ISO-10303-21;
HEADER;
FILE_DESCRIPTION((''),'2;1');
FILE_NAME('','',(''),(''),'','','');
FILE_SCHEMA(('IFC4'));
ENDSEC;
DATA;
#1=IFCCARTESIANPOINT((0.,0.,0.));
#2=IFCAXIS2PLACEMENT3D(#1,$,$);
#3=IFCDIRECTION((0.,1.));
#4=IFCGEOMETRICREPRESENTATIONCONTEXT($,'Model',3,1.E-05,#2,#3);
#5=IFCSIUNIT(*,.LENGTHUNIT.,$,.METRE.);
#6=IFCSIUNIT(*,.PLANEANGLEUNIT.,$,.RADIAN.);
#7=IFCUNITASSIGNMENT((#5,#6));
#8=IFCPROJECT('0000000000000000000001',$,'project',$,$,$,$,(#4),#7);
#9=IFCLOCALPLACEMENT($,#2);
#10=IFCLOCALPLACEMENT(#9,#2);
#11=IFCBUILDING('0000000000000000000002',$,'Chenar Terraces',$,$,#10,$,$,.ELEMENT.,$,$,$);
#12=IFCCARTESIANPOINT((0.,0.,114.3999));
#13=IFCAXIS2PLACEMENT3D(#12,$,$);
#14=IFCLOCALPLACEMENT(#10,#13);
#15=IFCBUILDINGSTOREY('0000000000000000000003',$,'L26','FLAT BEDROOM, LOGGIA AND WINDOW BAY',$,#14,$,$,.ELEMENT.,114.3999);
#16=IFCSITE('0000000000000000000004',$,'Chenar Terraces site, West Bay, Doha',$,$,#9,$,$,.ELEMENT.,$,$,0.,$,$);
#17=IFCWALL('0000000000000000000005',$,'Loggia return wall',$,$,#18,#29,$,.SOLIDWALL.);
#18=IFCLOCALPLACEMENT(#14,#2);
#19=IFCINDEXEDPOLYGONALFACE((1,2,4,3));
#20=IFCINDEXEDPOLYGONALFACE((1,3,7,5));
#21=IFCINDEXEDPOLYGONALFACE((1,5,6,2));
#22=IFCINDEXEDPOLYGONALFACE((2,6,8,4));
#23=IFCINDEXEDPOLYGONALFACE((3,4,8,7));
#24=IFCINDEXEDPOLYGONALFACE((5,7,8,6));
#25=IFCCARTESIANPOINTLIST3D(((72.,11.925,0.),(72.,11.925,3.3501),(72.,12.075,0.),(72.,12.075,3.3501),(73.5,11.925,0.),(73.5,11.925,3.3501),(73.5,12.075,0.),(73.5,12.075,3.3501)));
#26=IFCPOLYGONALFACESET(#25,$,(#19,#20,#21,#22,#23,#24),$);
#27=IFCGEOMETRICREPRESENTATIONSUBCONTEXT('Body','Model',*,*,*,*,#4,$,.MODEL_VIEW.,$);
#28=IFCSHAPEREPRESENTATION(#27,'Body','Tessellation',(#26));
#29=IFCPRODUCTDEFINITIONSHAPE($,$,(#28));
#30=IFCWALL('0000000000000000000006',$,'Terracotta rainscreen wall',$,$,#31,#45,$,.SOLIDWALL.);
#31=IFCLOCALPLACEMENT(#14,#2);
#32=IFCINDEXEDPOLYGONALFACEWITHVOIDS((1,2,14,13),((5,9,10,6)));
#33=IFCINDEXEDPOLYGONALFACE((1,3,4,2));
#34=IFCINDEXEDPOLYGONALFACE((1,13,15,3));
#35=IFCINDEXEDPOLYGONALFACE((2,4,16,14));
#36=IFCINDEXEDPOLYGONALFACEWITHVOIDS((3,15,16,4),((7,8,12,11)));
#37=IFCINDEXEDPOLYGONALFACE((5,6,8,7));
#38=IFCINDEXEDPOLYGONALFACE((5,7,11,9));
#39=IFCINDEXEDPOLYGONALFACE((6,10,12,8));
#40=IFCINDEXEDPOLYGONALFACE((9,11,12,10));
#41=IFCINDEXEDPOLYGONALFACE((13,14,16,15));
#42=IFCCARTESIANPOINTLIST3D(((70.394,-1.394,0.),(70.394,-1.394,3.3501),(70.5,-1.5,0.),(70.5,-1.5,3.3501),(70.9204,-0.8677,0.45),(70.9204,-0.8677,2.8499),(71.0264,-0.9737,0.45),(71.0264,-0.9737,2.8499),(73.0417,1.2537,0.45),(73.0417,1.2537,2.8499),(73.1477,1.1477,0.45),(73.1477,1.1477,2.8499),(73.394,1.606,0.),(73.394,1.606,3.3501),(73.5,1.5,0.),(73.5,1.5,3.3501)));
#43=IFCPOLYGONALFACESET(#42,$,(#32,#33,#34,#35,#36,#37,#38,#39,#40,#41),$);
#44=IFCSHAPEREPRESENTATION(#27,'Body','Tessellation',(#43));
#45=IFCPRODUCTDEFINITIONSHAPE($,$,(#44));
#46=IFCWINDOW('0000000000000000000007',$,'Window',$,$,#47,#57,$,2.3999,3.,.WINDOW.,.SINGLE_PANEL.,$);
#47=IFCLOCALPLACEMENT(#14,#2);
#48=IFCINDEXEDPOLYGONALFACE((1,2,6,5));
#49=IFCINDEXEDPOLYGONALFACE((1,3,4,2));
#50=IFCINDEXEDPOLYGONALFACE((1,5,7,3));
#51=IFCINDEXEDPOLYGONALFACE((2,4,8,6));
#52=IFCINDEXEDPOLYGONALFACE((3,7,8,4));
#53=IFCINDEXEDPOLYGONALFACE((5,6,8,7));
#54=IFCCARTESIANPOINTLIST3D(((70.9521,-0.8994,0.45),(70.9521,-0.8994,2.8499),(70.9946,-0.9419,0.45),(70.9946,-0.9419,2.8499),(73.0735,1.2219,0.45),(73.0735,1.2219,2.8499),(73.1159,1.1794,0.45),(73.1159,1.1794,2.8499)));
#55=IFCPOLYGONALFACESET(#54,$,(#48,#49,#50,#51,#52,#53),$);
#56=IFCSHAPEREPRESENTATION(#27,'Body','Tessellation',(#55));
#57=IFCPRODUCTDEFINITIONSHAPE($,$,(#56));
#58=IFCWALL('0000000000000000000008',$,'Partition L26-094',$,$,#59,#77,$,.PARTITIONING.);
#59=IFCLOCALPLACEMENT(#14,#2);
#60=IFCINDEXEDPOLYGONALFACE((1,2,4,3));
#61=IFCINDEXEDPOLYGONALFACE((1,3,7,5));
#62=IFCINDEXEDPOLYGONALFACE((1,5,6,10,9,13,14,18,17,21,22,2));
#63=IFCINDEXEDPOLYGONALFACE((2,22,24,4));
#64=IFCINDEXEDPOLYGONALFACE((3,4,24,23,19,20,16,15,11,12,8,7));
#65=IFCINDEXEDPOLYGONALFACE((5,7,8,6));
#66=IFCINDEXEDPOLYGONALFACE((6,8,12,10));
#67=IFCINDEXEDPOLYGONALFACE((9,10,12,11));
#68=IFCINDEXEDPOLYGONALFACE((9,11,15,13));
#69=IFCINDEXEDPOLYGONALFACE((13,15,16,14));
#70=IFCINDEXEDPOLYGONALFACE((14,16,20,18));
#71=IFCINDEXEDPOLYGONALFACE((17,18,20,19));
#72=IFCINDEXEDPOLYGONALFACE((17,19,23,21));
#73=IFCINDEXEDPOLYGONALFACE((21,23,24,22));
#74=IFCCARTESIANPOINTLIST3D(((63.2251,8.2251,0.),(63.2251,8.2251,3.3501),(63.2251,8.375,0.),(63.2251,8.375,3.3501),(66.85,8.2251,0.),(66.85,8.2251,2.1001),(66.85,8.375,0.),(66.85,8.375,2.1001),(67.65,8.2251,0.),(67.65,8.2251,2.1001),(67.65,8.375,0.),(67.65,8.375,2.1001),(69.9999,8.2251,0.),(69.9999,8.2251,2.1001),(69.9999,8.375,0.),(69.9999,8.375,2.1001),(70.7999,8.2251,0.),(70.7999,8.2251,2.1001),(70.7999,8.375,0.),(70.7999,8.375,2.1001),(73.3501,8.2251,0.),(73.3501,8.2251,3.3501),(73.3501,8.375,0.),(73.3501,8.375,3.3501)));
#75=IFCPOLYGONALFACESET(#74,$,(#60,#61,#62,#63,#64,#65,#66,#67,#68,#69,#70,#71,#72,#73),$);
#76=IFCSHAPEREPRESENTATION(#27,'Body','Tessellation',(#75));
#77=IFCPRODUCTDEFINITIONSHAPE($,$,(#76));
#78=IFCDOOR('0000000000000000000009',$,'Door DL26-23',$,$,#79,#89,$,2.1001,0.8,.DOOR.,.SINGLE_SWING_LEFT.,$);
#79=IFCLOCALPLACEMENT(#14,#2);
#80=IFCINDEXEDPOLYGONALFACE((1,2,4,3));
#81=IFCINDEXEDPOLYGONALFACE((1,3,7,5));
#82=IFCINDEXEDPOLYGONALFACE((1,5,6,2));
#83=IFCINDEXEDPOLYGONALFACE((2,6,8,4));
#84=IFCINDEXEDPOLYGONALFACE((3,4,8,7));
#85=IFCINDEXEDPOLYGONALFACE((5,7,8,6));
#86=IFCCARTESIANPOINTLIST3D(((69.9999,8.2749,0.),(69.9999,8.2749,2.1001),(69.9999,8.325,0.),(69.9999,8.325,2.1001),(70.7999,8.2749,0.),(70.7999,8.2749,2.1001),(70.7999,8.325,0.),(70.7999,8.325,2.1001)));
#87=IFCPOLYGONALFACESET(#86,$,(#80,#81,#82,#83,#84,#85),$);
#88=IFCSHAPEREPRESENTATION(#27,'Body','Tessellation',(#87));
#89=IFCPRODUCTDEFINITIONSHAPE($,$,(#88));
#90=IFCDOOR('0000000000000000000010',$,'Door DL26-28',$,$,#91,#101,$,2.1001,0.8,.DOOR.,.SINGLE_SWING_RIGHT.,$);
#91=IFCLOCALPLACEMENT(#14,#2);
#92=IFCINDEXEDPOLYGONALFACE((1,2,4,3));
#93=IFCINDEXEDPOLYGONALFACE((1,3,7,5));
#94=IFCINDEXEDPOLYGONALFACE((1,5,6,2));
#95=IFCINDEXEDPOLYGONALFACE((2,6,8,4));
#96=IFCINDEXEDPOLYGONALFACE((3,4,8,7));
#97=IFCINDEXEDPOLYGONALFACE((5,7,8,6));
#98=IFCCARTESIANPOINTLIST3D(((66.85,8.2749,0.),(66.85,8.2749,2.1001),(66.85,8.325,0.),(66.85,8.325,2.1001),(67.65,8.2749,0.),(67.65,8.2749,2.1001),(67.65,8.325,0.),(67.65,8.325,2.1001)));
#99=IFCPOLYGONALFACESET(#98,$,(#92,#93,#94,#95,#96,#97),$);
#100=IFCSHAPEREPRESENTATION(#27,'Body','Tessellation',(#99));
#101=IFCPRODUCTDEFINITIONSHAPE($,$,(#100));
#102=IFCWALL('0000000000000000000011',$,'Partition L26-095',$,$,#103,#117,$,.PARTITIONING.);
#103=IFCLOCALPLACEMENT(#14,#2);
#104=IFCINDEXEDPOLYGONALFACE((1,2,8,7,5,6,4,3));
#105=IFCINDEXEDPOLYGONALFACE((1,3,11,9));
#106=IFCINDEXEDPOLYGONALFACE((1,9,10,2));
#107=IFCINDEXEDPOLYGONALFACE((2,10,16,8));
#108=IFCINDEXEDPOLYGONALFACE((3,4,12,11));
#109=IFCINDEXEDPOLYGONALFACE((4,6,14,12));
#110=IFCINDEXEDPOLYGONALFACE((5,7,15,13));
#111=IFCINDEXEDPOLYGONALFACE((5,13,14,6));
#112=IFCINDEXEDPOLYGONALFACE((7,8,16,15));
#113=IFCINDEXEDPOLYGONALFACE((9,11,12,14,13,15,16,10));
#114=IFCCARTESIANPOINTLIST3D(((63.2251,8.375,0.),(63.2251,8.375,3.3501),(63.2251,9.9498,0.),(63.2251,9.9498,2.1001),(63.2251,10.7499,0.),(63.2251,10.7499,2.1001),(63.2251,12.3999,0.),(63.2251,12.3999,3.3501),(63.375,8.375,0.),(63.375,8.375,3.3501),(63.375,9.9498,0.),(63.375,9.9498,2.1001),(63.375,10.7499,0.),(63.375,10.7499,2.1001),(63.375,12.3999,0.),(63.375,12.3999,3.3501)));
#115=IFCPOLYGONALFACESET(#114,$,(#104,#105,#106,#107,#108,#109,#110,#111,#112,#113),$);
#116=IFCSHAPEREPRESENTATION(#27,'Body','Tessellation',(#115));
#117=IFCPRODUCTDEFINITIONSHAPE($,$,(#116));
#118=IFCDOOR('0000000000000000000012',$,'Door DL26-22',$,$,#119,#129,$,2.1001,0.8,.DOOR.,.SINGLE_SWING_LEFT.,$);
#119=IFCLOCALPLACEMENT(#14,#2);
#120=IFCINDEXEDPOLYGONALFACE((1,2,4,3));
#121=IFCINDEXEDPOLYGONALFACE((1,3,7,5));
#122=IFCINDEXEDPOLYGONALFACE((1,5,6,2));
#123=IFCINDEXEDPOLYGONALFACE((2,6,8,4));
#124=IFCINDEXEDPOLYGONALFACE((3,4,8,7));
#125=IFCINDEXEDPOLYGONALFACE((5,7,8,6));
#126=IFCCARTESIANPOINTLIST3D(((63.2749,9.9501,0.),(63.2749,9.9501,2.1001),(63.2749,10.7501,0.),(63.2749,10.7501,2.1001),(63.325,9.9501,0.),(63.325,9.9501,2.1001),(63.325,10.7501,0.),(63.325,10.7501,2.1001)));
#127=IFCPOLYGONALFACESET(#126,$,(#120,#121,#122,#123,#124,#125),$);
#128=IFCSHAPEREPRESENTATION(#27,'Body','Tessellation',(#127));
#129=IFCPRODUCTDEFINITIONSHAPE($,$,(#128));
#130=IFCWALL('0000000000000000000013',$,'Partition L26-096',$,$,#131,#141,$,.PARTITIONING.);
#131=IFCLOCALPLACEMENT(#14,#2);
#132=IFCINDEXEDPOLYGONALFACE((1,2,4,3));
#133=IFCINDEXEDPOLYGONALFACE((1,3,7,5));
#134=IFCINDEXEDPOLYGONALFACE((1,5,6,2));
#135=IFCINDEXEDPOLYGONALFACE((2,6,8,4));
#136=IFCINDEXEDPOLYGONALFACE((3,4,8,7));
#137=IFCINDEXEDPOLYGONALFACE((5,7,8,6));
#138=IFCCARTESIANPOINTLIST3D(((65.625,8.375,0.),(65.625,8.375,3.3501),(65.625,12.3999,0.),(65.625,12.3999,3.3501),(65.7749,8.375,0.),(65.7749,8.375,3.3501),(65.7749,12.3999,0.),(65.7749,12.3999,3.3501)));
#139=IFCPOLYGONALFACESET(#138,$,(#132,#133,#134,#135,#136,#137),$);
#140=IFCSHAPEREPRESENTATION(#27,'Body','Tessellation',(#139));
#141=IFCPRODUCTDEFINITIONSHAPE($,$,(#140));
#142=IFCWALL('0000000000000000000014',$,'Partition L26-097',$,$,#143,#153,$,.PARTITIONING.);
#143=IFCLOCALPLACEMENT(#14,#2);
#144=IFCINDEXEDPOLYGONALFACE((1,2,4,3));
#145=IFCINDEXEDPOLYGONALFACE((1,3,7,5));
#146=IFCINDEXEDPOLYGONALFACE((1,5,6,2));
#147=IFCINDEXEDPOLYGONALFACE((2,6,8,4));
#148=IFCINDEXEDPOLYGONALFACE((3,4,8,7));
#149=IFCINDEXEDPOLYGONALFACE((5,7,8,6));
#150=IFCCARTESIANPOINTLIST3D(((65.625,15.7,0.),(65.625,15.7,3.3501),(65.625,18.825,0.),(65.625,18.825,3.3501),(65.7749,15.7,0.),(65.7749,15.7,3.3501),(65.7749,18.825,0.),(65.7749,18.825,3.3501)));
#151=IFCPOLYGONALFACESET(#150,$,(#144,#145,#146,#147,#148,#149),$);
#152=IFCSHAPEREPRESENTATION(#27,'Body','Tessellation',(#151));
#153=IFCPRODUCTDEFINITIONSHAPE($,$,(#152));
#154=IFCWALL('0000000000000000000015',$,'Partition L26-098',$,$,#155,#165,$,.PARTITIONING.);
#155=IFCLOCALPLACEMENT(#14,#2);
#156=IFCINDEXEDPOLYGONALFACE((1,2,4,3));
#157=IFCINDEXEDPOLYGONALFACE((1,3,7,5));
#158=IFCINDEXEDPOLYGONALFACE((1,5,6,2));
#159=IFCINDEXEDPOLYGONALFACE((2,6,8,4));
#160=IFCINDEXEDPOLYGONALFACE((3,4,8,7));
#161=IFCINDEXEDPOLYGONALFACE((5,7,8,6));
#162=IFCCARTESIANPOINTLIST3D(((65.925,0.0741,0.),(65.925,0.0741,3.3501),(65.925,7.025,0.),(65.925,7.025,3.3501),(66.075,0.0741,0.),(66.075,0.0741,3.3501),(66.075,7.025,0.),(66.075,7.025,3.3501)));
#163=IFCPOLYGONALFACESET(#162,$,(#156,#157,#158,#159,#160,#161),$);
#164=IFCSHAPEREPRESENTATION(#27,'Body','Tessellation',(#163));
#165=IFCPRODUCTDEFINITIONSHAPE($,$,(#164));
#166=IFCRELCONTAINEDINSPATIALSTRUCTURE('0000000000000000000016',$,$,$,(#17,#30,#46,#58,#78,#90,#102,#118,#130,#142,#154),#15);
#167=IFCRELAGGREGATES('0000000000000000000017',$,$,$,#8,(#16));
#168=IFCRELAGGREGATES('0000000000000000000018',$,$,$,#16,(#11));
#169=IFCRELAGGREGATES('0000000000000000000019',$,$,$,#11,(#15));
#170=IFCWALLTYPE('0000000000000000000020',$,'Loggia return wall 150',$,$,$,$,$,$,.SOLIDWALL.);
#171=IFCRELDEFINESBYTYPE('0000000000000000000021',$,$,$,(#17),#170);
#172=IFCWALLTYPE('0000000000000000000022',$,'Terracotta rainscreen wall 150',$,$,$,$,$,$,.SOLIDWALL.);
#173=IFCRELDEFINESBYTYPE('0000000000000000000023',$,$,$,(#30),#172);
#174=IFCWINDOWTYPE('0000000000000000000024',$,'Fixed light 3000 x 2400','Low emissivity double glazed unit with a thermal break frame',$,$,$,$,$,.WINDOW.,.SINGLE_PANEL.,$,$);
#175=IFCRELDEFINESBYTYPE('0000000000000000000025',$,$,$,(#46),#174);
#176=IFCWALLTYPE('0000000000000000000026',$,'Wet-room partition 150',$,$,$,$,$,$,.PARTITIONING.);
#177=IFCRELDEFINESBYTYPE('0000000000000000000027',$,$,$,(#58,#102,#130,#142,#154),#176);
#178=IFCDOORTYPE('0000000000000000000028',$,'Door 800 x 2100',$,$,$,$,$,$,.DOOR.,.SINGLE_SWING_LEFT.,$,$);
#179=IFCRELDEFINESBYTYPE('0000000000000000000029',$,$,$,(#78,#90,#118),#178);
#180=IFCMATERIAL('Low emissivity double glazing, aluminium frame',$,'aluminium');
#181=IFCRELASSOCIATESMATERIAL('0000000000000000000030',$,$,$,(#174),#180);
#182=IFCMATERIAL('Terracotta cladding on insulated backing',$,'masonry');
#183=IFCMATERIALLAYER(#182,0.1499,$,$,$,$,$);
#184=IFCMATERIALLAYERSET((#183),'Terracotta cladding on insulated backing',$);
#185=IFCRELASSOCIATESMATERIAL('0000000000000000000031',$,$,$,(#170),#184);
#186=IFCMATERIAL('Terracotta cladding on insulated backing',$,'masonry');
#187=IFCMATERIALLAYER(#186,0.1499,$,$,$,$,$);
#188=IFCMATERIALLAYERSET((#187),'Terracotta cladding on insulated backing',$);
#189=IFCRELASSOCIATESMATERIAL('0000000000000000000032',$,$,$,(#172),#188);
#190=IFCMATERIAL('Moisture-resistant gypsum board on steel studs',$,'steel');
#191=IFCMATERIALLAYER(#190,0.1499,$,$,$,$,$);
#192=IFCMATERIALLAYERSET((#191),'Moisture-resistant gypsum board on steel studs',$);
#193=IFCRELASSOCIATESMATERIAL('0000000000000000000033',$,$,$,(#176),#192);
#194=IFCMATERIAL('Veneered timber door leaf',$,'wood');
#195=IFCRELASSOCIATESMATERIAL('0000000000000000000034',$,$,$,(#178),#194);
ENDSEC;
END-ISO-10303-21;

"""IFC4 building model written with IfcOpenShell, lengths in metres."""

from ifc_helpers import new_model, si_unit, direction, frame, frame_2d, origin, place, context, subcontext, project, spatial, rectangle, extrude, material, layer, layer_set, type_object, element, fill, save


model = new_model("IFC4")

# Units and contexts
model_context = context("Model", 3, precision=1e-05, world=origin(), true_north=direction((0.0, 1.0)))
body_context = subcontext(model_context, "Body", "Model", "MODEL_VIEW")
ifc_project = project(units=[si_unit("LENGTHUNIT", "METRE"), si_unit("PLANEANGLEUNIT", "RADIAN")], contexts=[model_context])

# Site, building, storey
site_placement = place(None, origin())
site = spatial("IfcSite", under=ifc_project, at=site_placement, Name="Chenar Terraces site, West Bay, Doha", CompositionType="ELEMENT", RefElevation=0.0)
building_placement = place(site_placement, origin())
building = spatial("IfcBuilding", under=site, at=building_placement, Name="Chenar Terraces", CompositionType="ELEMENT")
storey_placement = place(building_placement, frame((0.0, 0.0, 114.3999)))
storey = spatial("IfcBuildingStorey", under=building, at=storey_placement, Name="L26", Description="FLAT BEDROOM, LOGGIA AND WINDOW BAY", CompositionType="ELEMENT", Elevation=114.3999)

# Shared definitions
ifc_material_1 = material(Name="Low emissivity double glazing, aluminium frame", Category="aluminium")
window_type_1 = type_object("IfcWindowType", Name="Fixed light 3000 x 2400", Description="Low emissivity double glazed unit with a thermal break frame", PartitioningType="SINGLE_PANEL", PredefinedType="WINDOW", material=ifc_material_1)

# Wall
ifc_material_2 = material(Name="Terracotta cladding on insulated backing", Category="masonry")
ifc_layer_1 = layer(ifc_material_2, 0.1499)
ifc_layer_set_1 = layer_set([ifc_layer_1], Name="Terracotta cladding on insulated backing")
wall_type_1 = type_object("IfcWallType", Name="Loggia return wall 150", PredefinedType="SOLIDWALL", material=ifc_layer_set_1)
for number, where, z_axis, x_axis, name in (
    (1, (73.5, 12.0, 0.0), (0.0, 0.0, 1.0), (-1.0, 0.0, 0.0), "Loggia return wall"),
):
    element("IfcWall", number, at=place(storey_placement, frame(where, z_axis=z_axis, x_axis=x_axis)), inside=storey, type_object=wall_type_1, Name=name, PredefinedType="SOLIDWALL", context=body_context, shape_type="SweptSolid", body=[
        extrude(rectangle(XDim=1.5, YDim=0.1499, at=frame_2d((0.75, 0.0))), origin(), (0.0, 0.0, 1.0), 3.3501),
    ])

# Wall, opening, window
ifc_material_3 = material(Name="Terracotta cladding on insulated backing", Category="masonry")
ifc_layer_2 = layer(ifc_material_3, 0.1499)
ifc_layer_set_2 = layer_set([ifc_layer_2], Name="Terracotta cladding on insulated backing")
wall_type_2 = type_object("IfcWallType", Name="Terracotta rainscreen wall 150", PredefinedType="SOLIDWALL", material=ifc_layer_set_2)
wall_1_placement = place(storey_placement, frame((70.447, -1.447, 0.0), z_axis=(0.0, 0.0, 1.0), x_axis=(0.707107, 0.707107, 0.0)))
wall_1 = element("IfcWall", 2, at=wall_1_placement, inside=storey, type_object=wall_type_2, Name="Terracotta rainscreen wall", PredefinedType="SOLIDWALL", context=body_context, shape_type="SweptSolid", body=[
    extrude(rectangle(XDim=4.2427, YDim=0.1499, at=frame_2d((2.1213, 0.0))), origin(), (0.0, 0.0, 1.0), 3.3501),
])
opening_1_placement = place(wall_1_placement, frame((0.7444, 0.0, 0.45)))
opening_1 = element("IfcOpeningElement", 3, at=opening_1_placement, cuts=wall_1, PredefinedType="OPENING", context=body_context, shape_type="SweptSolid", body=[
    extrude(rectangle(XDim=3.0, YDim=2.3999, at=frame_2d((1.5, 1.2))), frame((0.0, 0.085, 0.0), z_axis=(0.0, -1.0, 0.0), x_axis=(1.0, 0.0, 0.0)), (0.0, 0.0, 1.0), 0.1699),
])
window_1_placement = place(opening_1_placement, origin())
window_1 = element("IfcWindow", 4, at=window_1_placement, inside=storey, type_object=window_type_1, Name="Window", OverallHeight=2.3999, OverallWidth=3.0, PartitioningType="SINGLE_PANEL", PredefinedType="WINDOW", context=body_context, shape_type="SweptSolid", body=[
    extrude(rectangle(XDim=3.0, YDim=2.3999, at=frame_2d((1.5, 1.2))), frame((0.0, 0.03, 0.0), z_axis=(0.0, -1.0, 0.0), x_axis=(1.0, 0.0, 0.0)), (0.0, 0.0, 1.0), 0.0601),
])
fill(opening_1, window_1)

# Wall, openings, doors
ifc_material_4 = material(Name="Moisture-resistant gypsum board on steel studs", Category="steel")
ifc_layer_3 = layer(ifc_material_4, 0.1499)
ifc_layer_set_3 = layer_set([ifc_layer_3], Name="Moisture-resistant gypsum board on steel studs")
wall_type_3 = type_object("IfcWallType", Name="Wet-room partition 150", PredefinedType="PARTITIONING", material=ifc_layer_set_3)
wall_2_placement = place(storey_placement, frame((63.2251, 8.3, 0.0), z_axis=(0.0, 0.0, 1.0), x_axis=(1.0, 0.0, 0.0)))
wall_2 = element("IfcWall", 5, at=wall_2_placement, inside=storey, type_object=wall_type_3, Name="Partition L26-094", PredefinedType="PARTITIONING", context=body_context, shape_type="SweptSolid", body=[
    extrude(rectangle(XDim=10.125, YDim=0.1499, at=frame_2d((5.0625, 0.0))), origin(), (0.0, 0.0, 1.0), 3.3501),
])
opening_2_placement = place(wall_2_placement, frame((6.7749, 0.0, 0.0)))
opening_2 = element("IfcOpeningElement", 6, at=opening_2_placement, cuts=wall_2, PredefinedType="OPENING", context=body_context, shape_type="SweptSolid", body=[
    extrude(rectangle(XDim=0.8, YDim=2.1001, at=frame_2d((0.3999, 1.05))), frame((0.0, 0.085, 0.0), z_axis=(0.0, -1.0, 0.0), x_axis=(1.0, 0.0, 0.0)), (0.0, 0.0, 1.0), 0.1699),
])
opening_3_placement = place(wall_2_placement, frame((3.625, 0.0, 0.0)))
opening_3 = element("IfcOpeningElement", 7, at=opening_3_placement, cuts=wall_2, PredefinedType="OPENING", context=body_context, shape_type="SweptSolid", body=[
    extrude(rectangle(XDim=0.8, YDim=2.1001, at=frame_2d((0.3999, 1.05))), frame((0.0, 0.085, 0.0), z_axis=(0.0, -1.0, 0.0), x_axis=(1.0, 0.0, 0.0)), (0.0, 0.0, 1.0), 0.1699),
])
ifc_material_5 = material(Name="Veneered timber door leaf", Category="wood")
door_type_1 = type_object("IfcDoorType", Name="Door 800 x 2100", OperationType="SINGLE_SWING_LEFT", PredefinedType="DOOR", material=ifc_material_5)
door_1_placement = place(opening_2_placement, origin())
door_1 = element("IfcDoor", 8, at=door_1_placement, inside=storey, type_object=door_type_1, Name="Door DL26-23", OperationType="SINGLE_SWING_LEFT", OverallHeight=2.1001, OverallWidth=0.8, PredefinedType="DOOR", context=body_context, shape_type="SweptSolid", body=[
    extrude(rectangle(XDim=0.8, YDim=2.1001, at=frame_2d((0.3999, 1.05))), frame((0.0, 0.0249, 0.0), z_axis=(0.0, -1.0, 0.0), x_axis=(1.0, 0.0, 0.0)), (0.0, 0.0, 1.0), 0.05),
])
fill(opening_2, door_1)
door_2_placement = place(opening_3_placement, origin())
door_2 = element("IfcDoor", 9, at=door_2_placement, inside=storey, type_object=door_type_1, Name="Door DL26-28", OperationType="SINGLE_SWING_RIGHT", OverallHeight=2.1001, OverallWidth=0.8, PredefinedType="DOOR", context=body_context, shape_type="SweptSolid", body=[
    extrude(rectangle(XDim=0.8, YDim=2.1001, at=frame_2d((0.3999, 1.05))), frame((0.0, 0.0249, 0.0), z_axis=(0.0, -1.0, 0.0), x_axis=(1.0, 0.0, 0.0)), (0.0, 0.0, 1.0), 0.05),
])
fill(opening_3, door_2)

# Wall, opening, door
wall_3_placement = place(storey_placement, frame((63.3, 8.375, 0.0), z_axis=(0.0, 0.0, 1.0), x_axis=(0.0, 1.0, 0.0)))
wall_3 = element("IfcWall", 10, at=wall_3_placement, inside=storey, type_object=wall_type_3, Name="Partition L26-095", PredefinedType="PARTITIONING", context=body_context, shape_type="SweptSolid", body=[
    extrude(rectangle(XDim=4.0249, YDim=0.1499, at=frame_2d((2.0125, 0.0))), origin(), (0.0, 0.0, 1.0), 3.3501),
])
opening_4_placement = place(wall_3_placement, frame((1.575, 0.0, 0.0)))
opening_4 = element("IfcOpeningElement", 11, at=opening_4_placement, cuts=wall_3, PredefinedType="OPENING", context=body_context, shape_type="SweptSolid", body=[
    extrude(rectangle(XDim=0.8, YDim=2.1001, at=frame_2d((0.3999, 1.05))), frame((0.0, 0.085, 0.0), z_axis=(0.0, -1.0, 0.0), x_axis=(1.0, 0.0, 0.0)), (0.0, 0.0, 1.0), 0.1699),
])
door_3_placement = place(opening_4_placement, frame((0.8, 0.0, 0.0), z_axis=(0.0, 0.0, 1.0), x_axis=(-1.0, 0.0, 0.0)))
door_3 = element("IfcDoor", 12, at=door_3_placement, inside=storey, type_object=door_type_1, Name="Door DL26-22", OperationType="SINGLE_SWING_LEFT", OverallHeight=2.1001, OverallWidth=0.8, PredefinedType="DOOR", context=body_context, shape_type="SweptSolid", body=[
    extrude(rectangle(XDim=0.8, YDim=2.1001, at=frame_2d((0.3999, 1.05))), frame((0.0, 0.0249, 0.0), z_axis=(0.0, -1.0, 0.0), x_axis=(1.0, 0.0, 0.0)), (0.0, 0.0, 1.0), 0.05),
])
fill(opening_4, door_3)

# Walls
wall_4_placement = place(storey_placement, frame((65.7, 8.375, 0.0), z_axis=(0.0, 0.0, 1.0), x_axis=(0.0, 1.0, 0.0)))
element("IfcWall", 13, at=wall_4_placement, inside=storey, type_object=wall_type_3, Name="Partition L26-096", PredefinedType="PARTITIONING", context=body_context, shape_type="SweptSolid", body=[
    extrude(rectangle(XDim=4.0249, YDim=0.1499, at=frame_2d((2.0125, 0.0))), origin(), (0.0, 0.0, 1.0), 3.3501),
])
wall_5_placement = place(storey_placement, frame((65.7, 15.7, 0.0), z_axis=(0.0, 0.0, 1.0), x_axis=(0.0, 1.0, 0.0)))
element("IfcWall", 14, at=wall_5_placement, inside=storey, type_object=wall_type_3, Name="Partition L26-097", PredefinedType="PARTITIONING", context=body_context, shape_type="SweptSolid", body=[
    extrude(rectangle(XDim=3.125, YDim=0.1499, at=frame_2d((1.5625, 0.0))), origin(), (0.0, 0.0, 1.0), 3.3501),
])
wall_6_placement = place(storey_placement, frame((66.0, 0.074, 0.0), z_axis=(0.0, 0.0, 1.0), x_axis=(0.0, 1.0, 0.0)))
element("IfcWall", 15, at=wall_6_placement, inside=storey, type_object=wall_type_3, Name="Partition L26-098", PredefinedType="PARTITIONING", context=body_context, shape_type="SweptSolid", body=[
    extrude(rectangle(XDim=6.9509, YDim=0.1499, at=frame_2d((3.4756, 0.0))), origin(), (0.0, 0.0, 1.0), 3.3501),
])

save(model, "model.ifc")
